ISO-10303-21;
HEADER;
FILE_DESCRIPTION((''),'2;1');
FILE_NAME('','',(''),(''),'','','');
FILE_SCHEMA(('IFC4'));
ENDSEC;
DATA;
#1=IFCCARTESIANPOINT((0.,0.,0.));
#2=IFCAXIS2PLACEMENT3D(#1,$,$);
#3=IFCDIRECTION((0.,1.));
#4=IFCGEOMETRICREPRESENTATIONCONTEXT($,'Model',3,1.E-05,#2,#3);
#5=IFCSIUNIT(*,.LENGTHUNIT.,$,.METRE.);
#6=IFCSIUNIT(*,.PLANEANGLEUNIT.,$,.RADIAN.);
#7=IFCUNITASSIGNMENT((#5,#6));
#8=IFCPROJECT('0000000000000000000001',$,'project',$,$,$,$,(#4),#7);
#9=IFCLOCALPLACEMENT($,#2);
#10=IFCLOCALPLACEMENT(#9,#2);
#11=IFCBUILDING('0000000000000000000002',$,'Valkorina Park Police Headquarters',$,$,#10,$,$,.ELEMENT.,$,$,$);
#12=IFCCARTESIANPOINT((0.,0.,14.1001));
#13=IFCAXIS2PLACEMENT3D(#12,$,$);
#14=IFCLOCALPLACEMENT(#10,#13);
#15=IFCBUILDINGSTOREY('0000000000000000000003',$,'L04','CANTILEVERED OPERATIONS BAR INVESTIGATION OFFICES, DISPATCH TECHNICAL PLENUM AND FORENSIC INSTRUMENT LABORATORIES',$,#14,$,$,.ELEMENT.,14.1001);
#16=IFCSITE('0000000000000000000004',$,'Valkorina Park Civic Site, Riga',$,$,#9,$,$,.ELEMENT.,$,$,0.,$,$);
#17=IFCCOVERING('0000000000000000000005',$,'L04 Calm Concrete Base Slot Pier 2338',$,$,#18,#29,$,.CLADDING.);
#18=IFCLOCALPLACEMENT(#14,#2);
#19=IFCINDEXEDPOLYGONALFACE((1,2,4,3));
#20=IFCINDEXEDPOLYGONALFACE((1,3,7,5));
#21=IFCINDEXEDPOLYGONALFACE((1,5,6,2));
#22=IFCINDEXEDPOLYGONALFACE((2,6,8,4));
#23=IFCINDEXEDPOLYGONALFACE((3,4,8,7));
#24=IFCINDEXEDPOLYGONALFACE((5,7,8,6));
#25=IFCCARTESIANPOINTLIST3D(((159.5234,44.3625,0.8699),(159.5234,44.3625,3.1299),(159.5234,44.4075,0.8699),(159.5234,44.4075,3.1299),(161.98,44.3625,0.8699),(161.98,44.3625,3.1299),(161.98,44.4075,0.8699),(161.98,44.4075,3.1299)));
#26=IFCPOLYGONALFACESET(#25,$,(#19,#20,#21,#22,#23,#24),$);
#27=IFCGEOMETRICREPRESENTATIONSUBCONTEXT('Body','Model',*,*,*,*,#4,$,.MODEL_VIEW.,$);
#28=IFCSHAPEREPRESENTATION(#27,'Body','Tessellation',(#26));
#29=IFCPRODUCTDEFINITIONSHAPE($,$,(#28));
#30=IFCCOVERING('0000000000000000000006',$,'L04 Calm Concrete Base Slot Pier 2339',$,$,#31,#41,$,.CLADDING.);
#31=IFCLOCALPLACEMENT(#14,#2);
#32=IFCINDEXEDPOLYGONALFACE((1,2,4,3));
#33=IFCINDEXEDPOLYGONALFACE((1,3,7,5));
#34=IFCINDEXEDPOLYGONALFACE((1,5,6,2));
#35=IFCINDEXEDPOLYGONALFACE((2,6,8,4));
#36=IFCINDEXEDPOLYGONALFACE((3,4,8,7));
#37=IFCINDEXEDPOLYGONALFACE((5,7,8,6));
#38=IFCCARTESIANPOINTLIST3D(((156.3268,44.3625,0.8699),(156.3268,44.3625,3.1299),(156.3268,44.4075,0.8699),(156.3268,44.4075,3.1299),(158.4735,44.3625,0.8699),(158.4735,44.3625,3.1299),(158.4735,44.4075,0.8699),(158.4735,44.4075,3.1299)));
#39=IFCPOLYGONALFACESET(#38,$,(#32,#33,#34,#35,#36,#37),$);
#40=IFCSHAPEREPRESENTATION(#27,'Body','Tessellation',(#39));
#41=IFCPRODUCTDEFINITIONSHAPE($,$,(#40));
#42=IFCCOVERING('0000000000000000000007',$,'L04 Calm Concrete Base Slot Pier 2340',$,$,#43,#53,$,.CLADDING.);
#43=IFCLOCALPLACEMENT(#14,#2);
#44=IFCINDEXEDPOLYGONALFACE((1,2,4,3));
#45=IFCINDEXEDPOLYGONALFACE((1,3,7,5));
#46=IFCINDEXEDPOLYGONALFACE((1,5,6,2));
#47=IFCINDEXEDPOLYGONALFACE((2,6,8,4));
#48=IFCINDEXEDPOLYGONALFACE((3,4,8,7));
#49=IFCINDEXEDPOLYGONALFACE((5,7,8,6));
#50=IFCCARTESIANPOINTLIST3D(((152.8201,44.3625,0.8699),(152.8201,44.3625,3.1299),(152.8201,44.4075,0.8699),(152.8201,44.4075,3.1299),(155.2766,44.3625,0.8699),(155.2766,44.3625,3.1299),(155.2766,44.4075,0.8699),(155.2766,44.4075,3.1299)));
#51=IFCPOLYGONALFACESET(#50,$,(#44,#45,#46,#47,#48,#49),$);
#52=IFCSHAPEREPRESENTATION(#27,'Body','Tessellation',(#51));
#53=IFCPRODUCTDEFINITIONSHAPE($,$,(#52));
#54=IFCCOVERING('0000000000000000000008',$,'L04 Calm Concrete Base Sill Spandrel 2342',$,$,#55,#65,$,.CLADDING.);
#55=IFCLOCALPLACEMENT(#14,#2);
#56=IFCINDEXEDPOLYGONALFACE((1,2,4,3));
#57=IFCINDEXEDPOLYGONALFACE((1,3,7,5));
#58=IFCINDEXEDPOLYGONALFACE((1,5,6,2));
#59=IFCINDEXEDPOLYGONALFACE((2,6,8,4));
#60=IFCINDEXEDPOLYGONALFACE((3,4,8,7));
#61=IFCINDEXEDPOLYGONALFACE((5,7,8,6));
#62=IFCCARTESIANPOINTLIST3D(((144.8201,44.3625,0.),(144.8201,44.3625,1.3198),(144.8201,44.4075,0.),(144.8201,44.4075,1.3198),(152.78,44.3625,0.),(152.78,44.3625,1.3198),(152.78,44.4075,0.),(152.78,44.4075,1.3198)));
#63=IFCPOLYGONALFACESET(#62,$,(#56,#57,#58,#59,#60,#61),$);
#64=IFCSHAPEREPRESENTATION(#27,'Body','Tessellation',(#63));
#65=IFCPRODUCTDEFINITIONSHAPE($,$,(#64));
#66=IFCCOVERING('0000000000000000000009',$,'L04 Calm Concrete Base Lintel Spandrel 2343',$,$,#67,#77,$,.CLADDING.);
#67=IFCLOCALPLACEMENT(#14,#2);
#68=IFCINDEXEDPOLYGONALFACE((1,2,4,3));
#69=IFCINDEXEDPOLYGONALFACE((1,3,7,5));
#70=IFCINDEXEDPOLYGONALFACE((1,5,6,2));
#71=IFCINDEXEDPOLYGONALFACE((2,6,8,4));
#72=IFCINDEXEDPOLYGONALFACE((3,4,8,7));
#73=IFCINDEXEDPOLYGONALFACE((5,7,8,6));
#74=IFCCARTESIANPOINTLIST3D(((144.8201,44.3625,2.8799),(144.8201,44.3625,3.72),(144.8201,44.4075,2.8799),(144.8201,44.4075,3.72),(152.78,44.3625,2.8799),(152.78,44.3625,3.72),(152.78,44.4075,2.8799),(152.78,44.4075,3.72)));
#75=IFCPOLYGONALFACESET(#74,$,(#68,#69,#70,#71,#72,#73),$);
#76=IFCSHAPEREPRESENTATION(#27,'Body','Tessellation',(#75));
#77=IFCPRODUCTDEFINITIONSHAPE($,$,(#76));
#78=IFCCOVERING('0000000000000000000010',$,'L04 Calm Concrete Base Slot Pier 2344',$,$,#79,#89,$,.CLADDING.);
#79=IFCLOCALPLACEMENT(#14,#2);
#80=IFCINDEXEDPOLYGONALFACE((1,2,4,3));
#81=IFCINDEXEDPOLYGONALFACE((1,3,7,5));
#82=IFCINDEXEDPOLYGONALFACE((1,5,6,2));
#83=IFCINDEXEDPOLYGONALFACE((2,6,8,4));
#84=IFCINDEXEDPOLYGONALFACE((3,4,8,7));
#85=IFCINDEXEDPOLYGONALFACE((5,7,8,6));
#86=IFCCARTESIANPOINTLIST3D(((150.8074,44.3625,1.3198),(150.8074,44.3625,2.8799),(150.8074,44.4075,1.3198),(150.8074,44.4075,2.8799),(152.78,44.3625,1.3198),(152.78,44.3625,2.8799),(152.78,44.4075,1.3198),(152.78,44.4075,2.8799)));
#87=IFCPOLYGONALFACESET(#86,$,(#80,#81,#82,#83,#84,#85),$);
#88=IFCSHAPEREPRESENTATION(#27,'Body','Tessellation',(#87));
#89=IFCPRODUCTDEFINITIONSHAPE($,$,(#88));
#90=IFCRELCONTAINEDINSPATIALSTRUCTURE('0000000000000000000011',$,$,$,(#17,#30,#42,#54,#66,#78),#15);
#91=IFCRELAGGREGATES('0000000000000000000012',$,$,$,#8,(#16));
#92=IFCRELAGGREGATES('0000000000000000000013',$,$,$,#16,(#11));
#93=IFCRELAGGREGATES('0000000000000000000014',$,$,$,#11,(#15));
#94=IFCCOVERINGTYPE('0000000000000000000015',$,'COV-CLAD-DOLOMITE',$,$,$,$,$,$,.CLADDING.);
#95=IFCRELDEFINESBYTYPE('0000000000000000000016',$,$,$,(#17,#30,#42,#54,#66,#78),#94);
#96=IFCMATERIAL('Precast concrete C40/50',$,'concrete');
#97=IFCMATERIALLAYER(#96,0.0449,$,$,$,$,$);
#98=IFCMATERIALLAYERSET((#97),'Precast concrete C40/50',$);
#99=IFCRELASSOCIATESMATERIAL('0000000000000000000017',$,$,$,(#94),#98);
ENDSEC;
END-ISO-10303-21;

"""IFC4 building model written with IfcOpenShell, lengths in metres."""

from ifc_helpers import new_model, si_unit, direction, frame, frame_2d, origin, place, context, subcontext, project, spatial, rectangle, extrude, material, layer, layer_set, type_object, element, save


model = new_model("IFC4")

# Units and contexts
model_context = context("Model", 3, precision=1e-05, world=origin(), true_north=direction((0.0, 1.0)))
body_context = subcontext(model_context, "Body", "Model", "MODEL_VIEW")
ifc_project = project(units=[si_unit("LENGTHUNIT", "METRE"), si_unit("PLANEANGLEUNIT", "RADIAN")], contexts=[model_context])

# Site, building, storey
site_placement = place(None, origin())
site = spatial("IfcSite", under=ifc_project, at=site_placement, Name="Valkorina Park Civic Site, Riga", CompositionType="ELEMENT", RefElevation=0.0)
building_placement = place(site_placement, origin())
building = spatial("IfcBuilding", under=site, at=building_placement, Name="Valkorina Park Police Headquarters", CompositionType="ELEMENT")
storey_placement = place(building_placement, frame((0.0, 0.0, 14.1001)))
storey = spatial("IfcBuildingStorey", under=building, at=storey_placement, Name="L04", Description="CANTILEVERED OPERATIONS BAR INVESTIGATION OFFICES, DISPATCH TECHNICAL PLENUM AND FORENSIC INSTRUMENT LABORATORIES", CompositionType="ELEMENT", Elevation=14.1001)

# Shared definitions
ifc_material_1 = material(Name="Precast concrete C40/50", Category="concrete")

# Coverings
ifc_layer_1 = layer(ifc_material_1, 0.0449)
ifc_layer_set_1 = layer_set([ifc_layer_1], Name="Precast concrete C40/50")
covering_type = type_object("IfcCoveringType", Name="COV-CLAD-DOLOMITE", PredefinedType="CLADDING", material=ifc_layer_set_1)
covering_1_placement = place(storey_placement, frame((161.98, 44.385, 0.8699), z_axis=(0.0, 0.0, 1.0), x_axis=(-1.0, 0.0, 0.0)))
element("IfcCovering", 1, at=covering_1_placement, inside=storey, type_object=covering_type, Name="L04 Calm Concrete Base Slot Pier 2338", PredefinedType="CLADDING", context=body_context, shape_type="SweptSolid", body=[
    extrude(rectangle(XDim=2.4565, YDim=0.0449, at=frame_2d((1.2283, 0.0))), origin(), (0.0, 0.0, 1.0), 2.26),
])
covering_2_placement = place(storey_placement, frame((158.4734, 44.385, 0.8699), z_axis=(0.0, 0.0, 1.0), x_axis=(-1.0, 0.0, 0.0)))
element("IfcCovering", 2, at=covering_2_placement, inside=storey, type_object=covering_type, Name="L04 Calm Concrete Base Slot Pier 2339", PredefinedType="CLADDING", context=body_context, shape_type="SweptSolid", body=[
    extrude(rectangle(XDim=2.1467, YDim=0.0449, at=frame_2d((1.0732, 0.0))), origin(), (0.0, 0.0, 1.0), 2.26),
])
covering_3_placement = place(storey_placement, frame((155.2766, 44.385, 0.8699), z_axis=(0.0, 0.0, 1.0), x_axis=(-1.0, 0.0, 0.0)))
element("IfcCovering", 3, at=covering_3_placement, inside=storey, type_object=covering_type, Name="L04 Calm Concrete Base Slot Pier 2340", PredefinedType="CLADDING", context=body_context, shape_type="SweptSolid", body=[
    extrude(rectangle(XDim=2.4565, YDim=0.0449, at=frame_2d((1.2283, 0.0))), origin(), (0.0, 0.0, 1.0), 2.26),
])
covering_4_placement = place(storey_placement, frame((152.78, 44.385, 0.0), z_axis=(0.0, 0.0, 1.0), x_axis=(-1.0, 0.0, 0.0)))
element("IfcCovering", 4, at=covering_4_placement, inside=storey, type_object=covering_type, Name="L04 Calm Concrete Base Sill Spandrel 2342", PredefinedType="CLADDING", context=body_context, shape_type="SweptSolid", body=[
    extrude(rectangle(XDim=7.96, YDim=0.0449, at=frame_2d((3.98, 0.0))), origin(), (0.0, 0.0, 1.0), 1.3198),
])
covering_5_placement = place(storey_placement, frame((152.78, 44.385, 2.8799), z_axis=(0.0, 0.0, 1.0), x_axis=(-1.0, 0.0, 0.0)))
element("IfcCovering", 5, at=covering_5_placement, inside=storey, type_object=covering_type, Name="L04 Calm Concrete Base Lintel Spandrel 2343", PredefinedType="CLADDING", context=body_context, shape_type="SweptSolid", body=[
    extrude(rectangle(XDim=7.96, YDim=0.0449, at=frame_2d((3.98, 0.0))), origin(), (0.0, 0.0, 1.0), 0.8401),
])
covering_6_placement = place(storey_placement, frame((152.78, 44.385, 1.3198), z_axis=(0.0, 0.0, 1.0), x_axis=(-1.0, 0.0, 0.0)))
element("IfcCovering", 6, at=covering_6_placement, inside=storey, type_object=covering_type, Name="L04 Calm Concrete Base Slot Pier 2344", PredefinedType="CLADDING", context=body_context, shape_type="SweptSolid", body=[
    extrude(rectangle(XDim=1.9727, YDim=0.0449, at=frame_2d((0.9863, 0.0))), origin(), (0.0, 0.0, 1.0), 1.5601),
])

save(model, "model.ifc")
